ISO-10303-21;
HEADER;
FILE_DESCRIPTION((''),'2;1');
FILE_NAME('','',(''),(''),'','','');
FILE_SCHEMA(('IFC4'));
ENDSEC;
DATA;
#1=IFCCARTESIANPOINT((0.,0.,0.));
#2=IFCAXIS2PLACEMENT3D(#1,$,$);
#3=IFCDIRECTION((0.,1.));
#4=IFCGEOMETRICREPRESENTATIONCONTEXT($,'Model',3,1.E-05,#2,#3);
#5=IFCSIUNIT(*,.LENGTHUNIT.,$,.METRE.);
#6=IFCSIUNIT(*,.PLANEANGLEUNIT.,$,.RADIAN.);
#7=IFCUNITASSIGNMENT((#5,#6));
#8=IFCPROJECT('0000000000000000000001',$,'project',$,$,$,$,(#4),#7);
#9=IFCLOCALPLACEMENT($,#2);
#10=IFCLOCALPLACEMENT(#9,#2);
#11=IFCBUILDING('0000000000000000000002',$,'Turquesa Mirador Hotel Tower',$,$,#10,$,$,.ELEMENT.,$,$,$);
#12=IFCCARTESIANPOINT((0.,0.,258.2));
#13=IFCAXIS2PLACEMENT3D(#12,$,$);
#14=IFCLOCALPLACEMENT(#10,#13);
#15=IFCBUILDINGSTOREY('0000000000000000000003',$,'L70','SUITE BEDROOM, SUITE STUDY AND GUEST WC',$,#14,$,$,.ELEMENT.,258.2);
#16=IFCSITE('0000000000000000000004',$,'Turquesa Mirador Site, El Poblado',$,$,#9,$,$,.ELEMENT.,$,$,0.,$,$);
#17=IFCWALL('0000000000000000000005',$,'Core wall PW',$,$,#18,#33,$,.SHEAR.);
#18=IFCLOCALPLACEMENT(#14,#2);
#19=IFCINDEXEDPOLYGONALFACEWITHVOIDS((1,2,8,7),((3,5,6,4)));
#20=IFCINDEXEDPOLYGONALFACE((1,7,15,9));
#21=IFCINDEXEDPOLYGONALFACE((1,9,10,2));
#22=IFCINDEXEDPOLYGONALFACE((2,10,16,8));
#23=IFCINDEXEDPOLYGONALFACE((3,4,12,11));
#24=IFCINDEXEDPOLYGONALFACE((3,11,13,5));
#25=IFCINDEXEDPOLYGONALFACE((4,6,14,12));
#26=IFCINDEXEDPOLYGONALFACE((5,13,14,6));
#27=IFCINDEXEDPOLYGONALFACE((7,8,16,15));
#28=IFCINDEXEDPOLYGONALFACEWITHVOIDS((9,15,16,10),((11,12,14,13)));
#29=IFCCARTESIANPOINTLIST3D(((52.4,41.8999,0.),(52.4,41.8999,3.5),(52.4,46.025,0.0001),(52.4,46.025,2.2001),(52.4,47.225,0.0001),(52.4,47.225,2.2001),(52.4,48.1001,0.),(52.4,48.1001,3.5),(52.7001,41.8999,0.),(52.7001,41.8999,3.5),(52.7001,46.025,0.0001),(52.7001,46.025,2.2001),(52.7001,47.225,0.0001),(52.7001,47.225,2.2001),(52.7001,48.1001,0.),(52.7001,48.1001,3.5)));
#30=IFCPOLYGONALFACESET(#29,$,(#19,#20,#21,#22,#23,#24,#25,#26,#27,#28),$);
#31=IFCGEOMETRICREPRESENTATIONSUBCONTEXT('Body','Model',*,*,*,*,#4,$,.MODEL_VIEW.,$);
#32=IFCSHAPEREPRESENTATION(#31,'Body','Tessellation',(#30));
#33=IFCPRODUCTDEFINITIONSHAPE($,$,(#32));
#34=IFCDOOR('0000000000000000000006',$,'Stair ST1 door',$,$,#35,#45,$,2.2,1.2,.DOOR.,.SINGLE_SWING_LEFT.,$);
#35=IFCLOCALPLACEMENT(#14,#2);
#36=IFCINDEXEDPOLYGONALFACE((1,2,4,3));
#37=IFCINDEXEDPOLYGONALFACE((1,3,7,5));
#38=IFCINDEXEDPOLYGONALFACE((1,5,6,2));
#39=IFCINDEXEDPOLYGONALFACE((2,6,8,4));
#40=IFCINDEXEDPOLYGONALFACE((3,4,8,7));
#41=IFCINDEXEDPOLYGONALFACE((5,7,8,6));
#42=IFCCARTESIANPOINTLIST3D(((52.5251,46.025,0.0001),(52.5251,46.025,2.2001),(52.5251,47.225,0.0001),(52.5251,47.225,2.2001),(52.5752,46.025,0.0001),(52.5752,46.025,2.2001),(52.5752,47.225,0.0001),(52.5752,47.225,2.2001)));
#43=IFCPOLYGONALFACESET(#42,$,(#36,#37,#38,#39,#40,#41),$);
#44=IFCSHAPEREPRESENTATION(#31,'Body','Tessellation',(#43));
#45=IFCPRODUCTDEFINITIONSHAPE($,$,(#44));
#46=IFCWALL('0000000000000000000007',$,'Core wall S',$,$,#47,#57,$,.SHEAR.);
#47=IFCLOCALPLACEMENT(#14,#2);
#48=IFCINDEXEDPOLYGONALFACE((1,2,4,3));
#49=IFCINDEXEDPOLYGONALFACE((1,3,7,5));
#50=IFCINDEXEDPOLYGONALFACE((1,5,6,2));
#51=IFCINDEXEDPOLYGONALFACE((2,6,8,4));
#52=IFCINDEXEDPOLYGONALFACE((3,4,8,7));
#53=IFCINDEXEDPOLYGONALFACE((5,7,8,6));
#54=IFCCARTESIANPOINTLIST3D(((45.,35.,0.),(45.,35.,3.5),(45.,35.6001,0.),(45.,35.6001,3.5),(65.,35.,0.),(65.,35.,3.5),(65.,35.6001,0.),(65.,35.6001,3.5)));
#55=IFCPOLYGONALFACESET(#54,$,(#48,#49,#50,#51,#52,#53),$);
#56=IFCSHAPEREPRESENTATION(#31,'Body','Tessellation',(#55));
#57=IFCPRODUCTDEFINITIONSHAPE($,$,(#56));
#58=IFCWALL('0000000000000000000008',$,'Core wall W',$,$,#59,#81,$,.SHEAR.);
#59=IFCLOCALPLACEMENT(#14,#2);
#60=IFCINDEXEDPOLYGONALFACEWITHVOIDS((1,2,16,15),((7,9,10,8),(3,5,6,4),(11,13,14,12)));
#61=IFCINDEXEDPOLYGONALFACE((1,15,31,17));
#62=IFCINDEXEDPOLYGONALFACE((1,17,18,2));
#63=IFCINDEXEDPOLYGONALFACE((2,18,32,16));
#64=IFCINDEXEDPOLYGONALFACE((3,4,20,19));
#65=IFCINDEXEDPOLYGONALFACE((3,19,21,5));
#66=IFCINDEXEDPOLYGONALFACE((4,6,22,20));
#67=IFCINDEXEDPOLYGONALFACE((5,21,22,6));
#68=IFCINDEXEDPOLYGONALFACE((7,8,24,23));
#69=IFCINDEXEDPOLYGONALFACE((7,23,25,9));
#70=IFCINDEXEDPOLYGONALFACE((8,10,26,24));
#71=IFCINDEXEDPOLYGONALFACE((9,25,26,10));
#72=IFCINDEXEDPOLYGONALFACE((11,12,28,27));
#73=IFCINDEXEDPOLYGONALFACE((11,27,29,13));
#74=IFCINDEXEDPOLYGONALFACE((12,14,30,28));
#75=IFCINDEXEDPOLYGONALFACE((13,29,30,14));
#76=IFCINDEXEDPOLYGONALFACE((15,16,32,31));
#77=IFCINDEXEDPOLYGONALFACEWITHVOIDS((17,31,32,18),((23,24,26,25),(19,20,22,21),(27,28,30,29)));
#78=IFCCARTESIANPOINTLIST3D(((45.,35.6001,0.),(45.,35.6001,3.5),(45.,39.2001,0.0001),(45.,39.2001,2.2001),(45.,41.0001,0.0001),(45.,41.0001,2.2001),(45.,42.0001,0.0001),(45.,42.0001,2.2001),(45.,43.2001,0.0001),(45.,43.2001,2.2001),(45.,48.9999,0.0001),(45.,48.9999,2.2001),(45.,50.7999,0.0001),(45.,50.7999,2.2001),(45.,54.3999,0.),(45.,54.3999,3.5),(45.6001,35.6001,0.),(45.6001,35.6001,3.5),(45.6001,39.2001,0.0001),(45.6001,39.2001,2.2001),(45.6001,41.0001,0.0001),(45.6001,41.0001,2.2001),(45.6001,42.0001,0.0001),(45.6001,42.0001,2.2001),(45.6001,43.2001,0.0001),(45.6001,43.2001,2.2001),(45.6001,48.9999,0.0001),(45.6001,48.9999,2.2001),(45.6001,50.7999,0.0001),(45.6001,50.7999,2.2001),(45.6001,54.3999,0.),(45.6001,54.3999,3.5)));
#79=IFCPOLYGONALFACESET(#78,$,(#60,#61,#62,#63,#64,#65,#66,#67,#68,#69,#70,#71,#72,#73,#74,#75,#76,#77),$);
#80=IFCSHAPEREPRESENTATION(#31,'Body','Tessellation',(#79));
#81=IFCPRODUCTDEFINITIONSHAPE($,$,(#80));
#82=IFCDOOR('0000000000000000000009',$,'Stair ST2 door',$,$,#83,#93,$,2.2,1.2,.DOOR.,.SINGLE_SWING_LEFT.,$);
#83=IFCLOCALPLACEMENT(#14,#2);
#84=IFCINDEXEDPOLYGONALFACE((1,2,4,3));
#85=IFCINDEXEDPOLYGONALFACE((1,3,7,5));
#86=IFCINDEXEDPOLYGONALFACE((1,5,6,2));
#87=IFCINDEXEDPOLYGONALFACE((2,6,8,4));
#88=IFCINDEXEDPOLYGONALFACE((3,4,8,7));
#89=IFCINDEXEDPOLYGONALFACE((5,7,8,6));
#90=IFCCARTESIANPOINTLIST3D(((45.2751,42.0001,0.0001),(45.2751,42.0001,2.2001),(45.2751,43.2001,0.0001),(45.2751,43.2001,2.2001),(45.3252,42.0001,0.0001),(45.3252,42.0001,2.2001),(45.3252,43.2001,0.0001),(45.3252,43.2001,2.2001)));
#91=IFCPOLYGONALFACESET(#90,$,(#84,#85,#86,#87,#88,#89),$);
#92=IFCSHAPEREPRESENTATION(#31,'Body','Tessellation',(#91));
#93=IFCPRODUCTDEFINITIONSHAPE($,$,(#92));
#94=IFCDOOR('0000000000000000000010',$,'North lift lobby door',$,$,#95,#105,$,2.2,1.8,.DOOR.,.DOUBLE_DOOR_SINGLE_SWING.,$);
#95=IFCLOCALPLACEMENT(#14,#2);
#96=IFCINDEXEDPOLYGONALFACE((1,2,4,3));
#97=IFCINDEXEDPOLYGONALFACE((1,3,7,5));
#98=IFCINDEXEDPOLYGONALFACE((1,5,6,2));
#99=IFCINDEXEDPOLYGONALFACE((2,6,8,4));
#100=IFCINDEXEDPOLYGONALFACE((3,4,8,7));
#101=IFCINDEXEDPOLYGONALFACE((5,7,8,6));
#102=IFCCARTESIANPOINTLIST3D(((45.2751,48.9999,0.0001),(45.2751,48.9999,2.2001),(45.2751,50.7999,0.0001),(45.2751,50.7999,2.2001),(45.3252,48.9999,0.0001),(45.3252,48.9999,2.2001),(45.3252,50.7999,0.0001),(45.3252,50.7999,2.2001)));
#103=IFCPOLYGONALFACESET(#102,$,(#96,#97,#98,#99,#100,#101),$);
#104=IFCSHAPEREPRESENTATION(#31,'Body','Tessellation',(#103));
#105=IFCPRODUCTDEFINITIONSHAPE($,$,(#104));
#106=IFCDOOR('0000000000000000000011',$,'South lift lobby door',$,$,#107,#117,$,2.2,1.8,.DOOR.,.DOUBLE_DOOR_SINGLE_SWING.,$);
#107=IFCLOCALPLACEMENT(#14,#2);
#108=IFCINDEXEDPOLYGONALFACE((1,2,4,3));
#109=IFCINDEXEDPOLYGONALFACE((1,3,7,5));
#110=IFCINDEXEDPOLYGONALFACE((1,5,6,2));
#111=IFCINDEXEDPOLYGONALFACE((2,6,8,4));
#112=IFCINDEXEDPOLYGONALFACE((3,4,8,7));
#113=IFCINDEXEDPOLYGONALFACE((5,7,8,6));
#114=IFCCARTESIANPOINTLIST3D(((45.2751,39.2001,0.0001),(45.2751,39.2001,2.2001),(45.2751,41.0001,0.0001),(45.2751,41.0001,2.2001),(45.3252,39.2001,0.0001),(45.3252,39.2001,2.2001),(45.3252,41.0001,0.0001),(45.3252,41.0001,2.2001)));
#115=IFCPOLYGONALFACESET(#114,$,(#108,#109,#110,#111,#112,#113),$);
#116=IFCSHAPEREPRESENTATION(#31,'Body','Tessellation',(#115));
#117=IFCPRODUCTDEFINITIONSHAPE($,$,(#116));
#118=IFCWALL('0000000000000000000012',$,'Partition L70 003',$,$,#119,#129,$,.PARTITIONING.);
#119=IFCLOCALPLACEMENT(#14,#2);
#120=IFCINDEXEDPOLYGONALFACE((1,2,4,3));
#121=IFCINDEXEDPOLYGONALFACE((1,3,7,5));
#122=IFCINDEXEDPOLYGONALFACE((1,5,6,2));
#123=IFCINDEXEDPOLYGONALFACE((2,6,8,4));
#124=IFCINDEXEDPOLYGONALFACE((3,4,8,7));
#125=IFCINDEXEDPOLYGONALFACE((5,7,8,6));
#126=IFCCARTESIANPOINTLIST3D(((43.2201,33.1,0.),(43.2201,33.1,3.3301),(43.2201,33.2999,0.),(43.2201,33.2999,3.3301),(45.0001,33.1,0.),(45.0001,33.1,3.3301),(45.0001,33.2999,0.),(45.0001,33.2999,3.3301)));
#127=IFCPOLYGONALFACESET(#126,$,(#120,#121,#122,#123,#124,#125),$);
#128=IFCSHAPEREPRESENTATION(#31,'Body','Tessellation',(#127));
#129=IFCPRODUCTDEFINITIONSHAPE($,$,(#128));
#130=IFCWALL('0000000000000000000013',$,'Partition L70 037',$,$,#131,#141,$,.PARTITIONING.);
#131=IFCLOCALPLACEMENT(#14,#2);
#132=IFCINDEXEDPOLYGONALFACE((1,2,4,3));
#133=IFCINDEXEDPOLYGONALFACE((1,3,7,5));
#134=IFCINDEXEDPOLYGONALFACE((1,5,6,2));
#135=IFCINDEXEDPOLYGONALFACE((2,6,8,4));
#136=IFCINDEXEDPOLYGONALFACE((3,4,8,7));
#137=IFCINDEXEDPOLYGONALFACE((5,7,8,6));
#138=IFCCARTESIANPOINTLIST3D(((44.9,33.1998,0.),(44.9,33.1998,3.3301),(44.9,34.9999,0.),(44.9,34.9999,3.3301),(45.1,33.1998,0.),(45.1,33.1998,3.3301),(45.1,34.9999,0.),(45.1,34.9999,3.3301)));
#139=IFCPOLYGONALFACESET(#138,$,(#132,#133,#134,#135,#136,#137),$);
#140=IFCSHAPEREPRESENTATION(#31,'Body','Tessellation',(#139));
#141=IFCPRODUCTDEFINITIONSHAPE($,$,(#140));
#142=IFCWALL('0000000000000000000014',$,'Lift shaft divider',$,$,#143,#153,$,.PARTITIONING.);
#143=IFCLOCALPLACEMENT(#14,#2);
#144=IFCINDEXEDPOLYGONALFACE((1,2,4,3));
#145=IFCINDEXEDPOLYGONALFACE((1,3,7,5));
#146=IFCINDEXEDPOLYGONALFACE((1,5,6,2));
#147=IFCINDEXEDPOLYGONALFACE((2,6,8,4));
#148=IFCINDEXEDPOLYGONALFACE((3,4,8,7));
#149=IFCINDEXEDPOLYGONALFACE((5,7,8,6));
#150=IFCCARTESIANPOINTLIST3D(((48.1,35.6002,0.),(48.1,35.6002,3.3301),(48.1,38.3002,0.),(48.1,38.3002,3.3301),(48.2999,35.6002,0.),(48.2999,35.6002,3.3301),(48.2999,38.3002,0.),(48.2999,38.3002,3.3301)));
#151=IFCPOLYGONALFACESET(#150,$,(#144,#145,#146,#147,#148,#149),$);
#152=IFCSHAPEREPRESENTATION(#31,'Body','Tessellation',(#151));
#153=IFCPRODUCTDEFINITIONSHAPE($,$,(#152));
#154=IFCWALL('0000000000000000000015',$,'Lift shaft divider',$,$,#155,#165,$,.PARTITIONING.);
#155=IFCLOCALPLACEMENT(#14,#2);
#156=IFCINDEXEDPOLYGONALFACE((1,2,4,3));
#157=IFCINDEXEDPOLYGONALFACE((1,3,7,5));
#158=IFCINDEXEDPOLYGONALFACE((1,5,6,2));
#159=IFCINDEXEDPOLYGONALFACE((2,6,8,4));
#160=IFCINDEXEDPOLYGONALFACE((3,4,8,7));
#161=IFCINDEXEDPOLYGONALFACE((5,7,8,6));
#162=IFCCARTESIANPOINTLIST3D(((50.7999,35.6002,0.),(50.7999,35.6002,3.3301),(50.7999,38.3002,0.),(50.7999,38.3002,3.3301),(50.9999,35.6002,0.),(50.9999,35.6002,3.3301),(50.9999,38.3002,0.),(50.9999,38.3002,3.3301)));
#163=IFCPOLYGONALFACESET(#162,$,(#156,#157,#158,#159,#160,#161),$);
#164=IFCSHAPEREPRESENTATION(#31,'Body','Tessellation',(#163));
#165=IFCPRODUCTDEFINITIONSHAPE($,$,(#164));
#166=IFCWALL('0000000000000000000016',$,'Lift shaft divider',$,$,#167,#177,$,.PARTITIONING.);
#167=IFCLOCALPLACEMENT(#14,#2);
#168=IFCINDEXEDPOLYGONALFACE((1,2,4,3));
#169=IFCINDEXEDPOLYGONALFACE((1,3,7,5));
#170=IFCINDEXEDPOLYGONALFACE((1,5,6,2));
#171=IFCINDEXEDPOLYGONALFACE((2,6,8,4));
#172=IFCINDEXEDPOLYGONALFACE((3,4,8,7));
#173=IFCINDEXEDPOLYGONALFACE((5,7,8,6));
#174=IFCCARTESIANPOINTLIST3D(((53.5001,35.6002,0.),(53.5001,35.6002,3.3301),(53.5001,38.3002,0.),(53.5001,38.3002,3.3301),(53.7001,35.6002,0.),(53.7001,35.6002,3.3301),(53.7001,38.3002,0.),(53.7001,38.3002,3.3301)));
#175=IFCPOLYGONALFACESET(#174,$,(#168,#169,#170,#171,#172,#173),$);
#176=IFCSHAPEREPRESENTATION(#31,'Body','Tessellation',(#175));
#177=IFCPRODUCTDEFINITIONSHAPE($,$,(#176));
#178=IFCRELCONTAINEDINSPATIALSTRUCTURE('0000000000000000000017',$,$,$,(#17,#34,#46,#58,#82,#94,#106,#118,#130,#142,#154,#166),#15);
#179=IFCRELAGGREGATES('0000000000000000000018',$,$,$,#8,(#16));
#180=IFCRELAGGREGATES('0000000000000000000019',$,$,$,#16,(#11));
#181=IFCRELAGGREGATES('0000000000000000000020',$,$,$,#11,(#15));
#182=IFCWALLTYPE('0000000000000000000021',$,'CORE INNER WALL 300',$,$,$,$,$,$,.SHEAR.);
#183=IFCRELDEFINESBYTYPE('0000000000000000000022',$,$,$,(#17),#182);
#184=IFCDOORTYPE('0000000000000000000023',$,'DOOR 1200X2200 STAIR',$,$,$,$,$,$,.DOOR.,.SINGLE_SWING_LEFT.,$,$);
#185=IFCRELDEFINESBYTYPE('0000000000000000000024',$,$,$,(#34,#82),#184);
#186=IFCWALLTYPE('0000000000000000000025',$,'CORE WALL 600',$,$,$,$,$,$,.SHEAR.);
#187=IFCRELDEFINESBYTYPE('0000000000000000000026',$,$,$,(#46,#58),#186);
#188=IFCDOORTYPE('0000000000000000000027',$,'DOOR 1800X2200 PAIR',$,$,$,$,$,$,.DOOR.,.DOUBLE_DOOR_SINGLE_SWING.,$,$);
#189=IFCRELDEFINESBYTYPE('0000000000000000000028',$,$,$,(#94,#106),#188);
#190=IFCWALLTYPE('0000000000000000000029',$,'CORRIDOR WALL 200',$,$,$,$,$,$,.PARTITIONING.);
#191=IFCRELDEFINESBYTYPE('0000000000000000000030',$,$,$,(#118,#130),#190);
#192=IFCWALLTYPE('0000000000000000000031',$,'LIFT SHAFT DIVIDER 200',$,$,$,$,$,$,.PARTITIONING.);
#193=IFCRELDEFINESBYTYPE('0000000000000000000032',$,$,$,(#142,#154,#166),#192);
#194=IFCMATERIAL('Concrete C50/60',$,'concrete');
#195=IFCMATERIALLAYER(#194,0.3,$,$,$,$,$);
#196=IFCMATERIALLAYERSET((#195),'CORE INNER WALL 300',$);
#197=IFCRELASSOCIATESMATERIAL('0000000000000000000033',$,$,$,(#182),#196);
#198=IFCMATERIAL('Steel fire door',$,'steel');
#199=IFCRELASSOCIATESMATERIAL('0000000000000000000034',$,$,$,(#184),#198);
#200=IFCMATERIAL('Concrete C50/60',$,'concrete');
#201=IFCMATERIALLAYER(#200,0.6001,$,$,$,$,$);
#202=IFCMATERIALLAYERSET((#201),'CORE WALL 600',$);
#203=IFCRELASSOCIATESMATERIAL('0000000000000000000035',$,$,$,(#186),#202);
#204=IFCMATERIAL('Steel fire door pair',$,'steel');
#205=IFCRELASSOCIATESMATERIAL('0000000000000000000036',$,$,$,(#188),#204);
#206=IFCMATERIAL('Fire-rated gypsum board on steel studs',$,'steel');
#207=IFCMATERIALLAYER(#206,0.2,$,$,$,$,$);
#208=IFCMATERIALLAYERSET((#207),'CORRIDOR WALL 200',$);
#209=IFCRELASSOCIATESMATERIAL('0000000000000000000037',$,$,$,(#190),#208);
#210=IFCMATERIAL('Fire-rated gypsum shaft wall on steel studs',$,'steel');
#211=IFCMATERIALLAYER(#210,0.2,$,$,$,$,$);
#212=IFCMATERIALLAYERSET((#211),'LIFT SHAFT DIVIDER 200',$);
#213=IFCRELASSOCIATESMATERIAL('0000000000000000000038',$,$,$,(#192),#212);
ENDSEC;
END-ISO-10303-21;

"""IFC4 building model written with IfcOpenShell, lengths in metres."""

from ifc_helpers import new_model, si_unit, direction, frame, frame_2d, origin, place, context, subcontext, project, spatial, rectangle, extrude, material, layer, layer_set, type_object, element, fill, save


model = new_model("IFC4")

# Units and contexts
model_context = context("Model", 3, precision=1e-05, world=origin(), true_north=direction((0.0, 1.0)))
body_context = subcontext(model_context, "Body", "Model", "MODEL_VIEW")
ifc_project = project(units=[si_unit("LENGTHUNIT", "METRE"), si_unit("PLANEANGLEUNIT", "RADIAN")], contexts=[model_context])

# Site, building, storey
site_placement = place(None, origin())
site = spatial("IfcSite", under=ifc_project, at=site_placement, Name="Turquesa Mirador Site, El Poblado", CompositionType="ELEMENT", RefElevation=0.0)
building_placement = place(site_placement, origin())
building = spatial("IfcBuilding", under=site, at=building_placement, Name="Turquesa Mirador Hotel Tower", CompositionType="ELEMENT")
storey_placement = place(building_placement, frame((0.0, 0.0, 258.2)))
storey = spatial("IfcBuildingStorey", under=building, at=storey_placement, Name="L70", Description="SUITE BEDROOM, SUITE STUDY AND GUEST WC", CompositionType="ELEMENT", Elevation=258.2)

# Shared definitions
ifc_material_1 = material(Name="Concrete C50/60", Category="concrete")
ifc_layer_1 = layer(ifc_material_1, 0.3)
ifc_layer_set_1 = layer_set([ifc_layer_1], Name="CORE INNER WALL 300")
wall_type_1 = type_object("IfcWallType", Name="CORE INNER WALL 300", PredefinedType="SHEAR", material=ifc_layer_set_1)

# Wall, opening, door
wall_1_placement = place(storey_placement, frame((52.55, 41.8999, 0.0), z_axis=(0.0, 0.0, 1.0), x_axis=(0.0, 1.0, 0.0)))
wall_1 = element("IfcWall", 1, at=wall_1_placement, inside=storey, type_object=wall_type_1, Name="Core wall PW", PredefinedType="SHEAR", context=body_context, shape_type="SweptSolid", body=[
    extrude(rectangle(XDim=6.2002, YDim=0.3, at=frame_2d((3.1001, 0.0))), origin(), (0.0, 0.0, 1.0), 3.5),
])
opening_1_placement = place(wall_1_placement, frame((4.125, 0.0, 0.0)))
opening_1 = element("IfcOpeningElement", 2, at=opening_1_placement, cuts=wall_1, PredefinedType="OPENING", context=body_context, shape_type="SweptSolid", body=[
    extrude(rectangle(XDim=1.2, YDim=2.2, at=frame_2d((0.6001, 1.1001))), frame((0.0, 0.1599, 0.0), z_axis=(0.0, -1.0, 0.0), x_axis=(1.0, 0.0, 0.0)), (0.0, 0.0, 1.0), 0.3201),
])
ifc_material_2 = material(Name="Steel fire door", Category="steel")
door_type_1 = type_object("IfcDoorType", Name="DOOR 1200X2200 STAIR", OperationType="SINGLE_SWING_LEFT", PredefinedType="DOOR", material=ifc_material_2)
door_1_placement = place(opening_1_placement, origin())
door_1 = element("IfcDoor", 3, at=door_1_placement, inside=storey, type_object=door_type_1, Name="Stair ST1 door", OperationType="SINGLE_SWING_LEFT", OverallHeight=2.2, OverallWidth=1.2, PredefinedType="DOOR", context=body_context, shape_type="SweptSolid", body=[
    extrude(rectangle(XDim=1.2, YDim=2.2, at=frame_2d((0.6001, 1.1001))), frame((0.0, 0.0249, 0.0), z_axis=(0.0, -1.0, 0.0), x_axis=(1.0, 0.0, 0.0)), (0.0, 0.0, 1.0), 0.05),
])
fill(opening_1, door_1)

# Wall
ifc_material_3 = material(Name="Concrete C50/60", Category="concrete")
ifc_layer_2 = layer(ifc_material_3, 0.6001)
ifc_layer_set_2 = layer_set([ifc_layer_2], Name="CORE WALL 600")
wall_type_2 = type_object("IfcWallType", Name="CORE WALL 600", PredefinedType="SHEAR", material=ifc_layer_set_2)
wall_2_placement = place(storey_placement, frame((45.0, 35.3, 0.0), z_axis=(0.0, 0.0, 1.0), x_axis=(1.0, 0.0, 0.0)))
element("IfcWall", 4, at=wall_2_placement, inside=storey, type_object=wall_type_2, Name="Core wall S", PredefinedType="SHEAR", context=body_context, shape_type="SweptSolid", body=[
    extrude(rectangle(XDim=20.0, YDim=0.6001, at=frame_2d((10.0, 0.0))), origin(), (0.0, 0.0, 1.0), 3.5),
])

# Wall, openings, doors
wall_3_placement = place(storey_placement, frame((45.3, 35.6001, 0.0), z_axis=(0.0, 0.0, 1.0), x_axis=(0.0, 1.0, 0.0)))
wall_3 = element("IfcWall", 5, at=wall_3_placement, inside=storey, type_object=wall_type_2, Name="Core wall W", PredefinedType="SHEAR", context=body_context, shape_type="SweptSolid", body=[
    extrude(rectangle(XDim=18.7998, YDim=0.6001, at=frame_2d((9.3999, 0.0))), origin(), (0.0, 0.0, 1.0), 3.5),
])
opening_2_placement = place(wall_3_placement, frame((13.3999, 0.0, 0.0)))
opening_2 = element("IfcOpeningElement", 6, at=opening_2_placement, cuts=wall_3, PredefinedType="OPENING", context=body_context, shape_type="SweptSolid", body=[
    extrude(rectangle(XDim=1.8, YDim=2.2, at=frame_2d((0.8999, 1.1001))), frame((0.0, 0.3101, 0.0), z_axis=(0.0, -1.0, 0.0), x_axis=(1.0, 0.0, 0.0)), (0.0, 0.0, 1.0), 0.6201),
])
opening_3_placement = place(wall_3_placement, frame((3.6001, 0.0, 0.0)))
opening_3 = element("IfcOpeningElement", 7, at=opening_3_placement, cuts=wall_3, PredefinedType="OPENING", context=body_context, shape_type="SweptSolid", body=[
    extrude(rectangle(XDim=1.8, YDim=2.2, at=frame_2d((0.8999, 1.1001))), frame((0.0, 0.3101, 0.0), z_axis=(0.0, -1.0, 0.0), x_axis=(1.0, 0.0, 0.0)), (0.0, 0.0, 1.0), 0.6201),
])
opening_4_placement = place(wall_3_placement, frame((6.3999, 0.0, 0.0)))
opening_4 = element("IfcOpeningElement", 8, at=opening_4_placement, cuts=wall_3, PredefinedType="OPENING", context=body_context, shape_type="SweptSolid", body=[
    extrude(rectangle(XDim=1.2, YDim=2.2, at=frame_2d((0.6001, 1.1001))), frame((0.0, 0.3101, 0.0), z_axis=(0.0, -1.0, 0.0), x_axis=(1.0, 0.0, 0.0)), (0.0, 0.0, 1.0), 0.6201),
])
door_2_placement = place(opening_4_placement, origin())
door_2 = element("IfcDoor", 9, at=door_2_placement, inside=storey, type_object=door_type_1, Name="Stair ST2 door", OperationType="SINGLE_SWING_LEFT", OverallHeight=2.2, OverallWidth=1.2, PredefinedType="DOOR", context=body_context, shape_type="SweptSolid", body=[
    extrude(rectangle(XDim=1.2, YDim=2.2, at=frame_2d((0.6001, 1.1001))), frame((0.0, 0.0249, 0.0), z_axis=(0.0, -1.0, 0.0), x_axis=(1.0, 0.0, 0.0)), (0.0, 0.0, 1.0), 0.05),
])
fill(opening_4, door_2)
ifc_material_4 = material(Name="Steel fire door pair", Category="steel")
door_type_2 = type_object("IfcDoorType", Name="DOOR 1800X2200 PAIR", OperationType="DOUBLE_DOOR_SINGLE_SWING", PredefinedType="DOOR", material=ifc_material_4)
door_3_placement = place(opening_2_placement, origin())
door_3 = element("IfcDoor", 10, at=door_3_placement, inside=storey, type_object=door_type_2, Name="North lift lobby door", OperationType="DOUBLE_DOOR_SINGLE_SWING", OverallHeight=2.2, OverallWidth=1.8, PredefinedType="DOOR", context=body_context, shape_type="SweptSolid", body=[
    extrude(rectangle(XDim=1.8, YDim=2.2, at=frame_2d((0.8999, 1.1001))), frame((0.0, 0.0249, 0.0), z_axis=(0.0, -1.0, 0.0), x_axis=(1.0, 0.0, 0.0)), (0.0, 0.0, 1.0), 0.05),
])
fill(opening_2, door_3)
door_4_placement = place(opening_3_placement, origin())
door_4 = element("IfcDoor", 11, at=door_4_placement, inside=storey, type_object=door_type_2, Name="South lift lobby door", OperationType="DOUBLE_DOOR_SINGLE_SWING", OverallHeight=2.2, OverallWidth=1.8, PredefinedType="DOOR", context=body_context, shape_type="SweptSolid", body=[
    extrude(rectangle(XDim=1.8, YDim=2.2, at=frame_2d((0.8999, 1.1001))), frame((0.0, 0.0249, 0.0), z_axis=(0.0, -1.0, 0.0), x_axis=(1.0, 0.0, 0.0)), (0.0, 0.0, 1.0), 0.05),
])
fill(opening_3, door_4)

# Walls
ifc_material_5 = material(Name="Fire-rated gypsum board on steel studs", Category="steel")
ifc_layer_3 = layer(ifc_material_5, 0.2)
ifc_layer_set_3 = layer_set([ifc_layer_3], Name="CORRIDOR WALL 200")
wall_type_3 = type_object("IfcWallType", Name="CORRIDOR WALL 200", PredefinedType="PARTITIONING", material=ifc_layer_set_3)
wall_4_placement = place(storey_placement, frame((43.22, 33.2, 0.0), z_axis=(0.0, 0.0, 1.0), x_axis=(1.0, 0.0, 0.0)))
element("IfcWall", 12, at=wall_4_placement, inside=storey, type_object=wall_type_3, Name="Partition L70 003", PredefinedType="PARTITIONING", context=body_context, shape_type="SweptSolid", body=[
    extrude(rectangle(XDim=1.78, YDim=0.2, at=frame_2d((0.8901, 0.0))), origin(), (0.0, 0.0, 1.0), 3.3301),
])
wall_5_placement = place(storey_placement, frame((45.0, 33.2, 0.0), z_axis=(0.0, 0.0, 1.0), x_axis=(0.0, 1.0, 0.0)))
element("IfcWall", 13, at=wall_5_placement, inside=storey, type_object=wall_type_3, Name="Partition L70 037", PredefinedType="PARTITIONING", context=body_context, shape_type="SweptSolid", body=[
    extrude(rectangle(XDim=1.8, YDim=0.2, at=frame_2d((0.8999, 0.0))), origin(), (0.0, 0.0, 1.0), 3.3301),
])
ifc_material_6 = material(Name="Fire-rated gypsum shaft wall on steel studs", Category="steel")
ifc_layer_4 = layer(ifc_material_6, 0.2)
ifc_layer_set_4 = layer_set([ifc_layer_4], Name="LIFT SHAFT DIVIDER 200")
wall_type_4 = type_object("IfcWallType", Name="LIFT SHAFT DIVIDER 200", PredefinedType="PARTITIONING", material=ifc_layer_set_4)
for number, where, z_axis, x_axis, name in (
    (14, (48.2, 35.6001, 0.0), (0.0, 0.0, 1.0), (0.0, 1.0, 0.0), "Lift shaft divider"),
    (15, (50.8999, 35.6001, 0.0), (0.0, 0.0, 1.0), (0.0, 1.0, 0.0), "Lift shaft divider"),
    (16, (53.6001, 35.6001, 0.0), (0.0, 0.0, 1.0), (0.0, 1.0, 0.0), "Lift shaft divider"),
):
    element("IfcWall", number, at=place(storey_placement, frame(where, z_axis=z_axis, x_axis=x_axis)), inside=storey, type_object=wall_type_4, Name=name, PredefinedType="PARTITIONING", context=body_context, shape_type="SweptSolid", body=[
        extrude(rectangle(XDim=2.7, YDim=0.2, at=frame_2d((1.3501, 0.0))), origin(), (0.0, 0.0, 1.0), 3.3301),
    ])

save(model, "model.ifc")
